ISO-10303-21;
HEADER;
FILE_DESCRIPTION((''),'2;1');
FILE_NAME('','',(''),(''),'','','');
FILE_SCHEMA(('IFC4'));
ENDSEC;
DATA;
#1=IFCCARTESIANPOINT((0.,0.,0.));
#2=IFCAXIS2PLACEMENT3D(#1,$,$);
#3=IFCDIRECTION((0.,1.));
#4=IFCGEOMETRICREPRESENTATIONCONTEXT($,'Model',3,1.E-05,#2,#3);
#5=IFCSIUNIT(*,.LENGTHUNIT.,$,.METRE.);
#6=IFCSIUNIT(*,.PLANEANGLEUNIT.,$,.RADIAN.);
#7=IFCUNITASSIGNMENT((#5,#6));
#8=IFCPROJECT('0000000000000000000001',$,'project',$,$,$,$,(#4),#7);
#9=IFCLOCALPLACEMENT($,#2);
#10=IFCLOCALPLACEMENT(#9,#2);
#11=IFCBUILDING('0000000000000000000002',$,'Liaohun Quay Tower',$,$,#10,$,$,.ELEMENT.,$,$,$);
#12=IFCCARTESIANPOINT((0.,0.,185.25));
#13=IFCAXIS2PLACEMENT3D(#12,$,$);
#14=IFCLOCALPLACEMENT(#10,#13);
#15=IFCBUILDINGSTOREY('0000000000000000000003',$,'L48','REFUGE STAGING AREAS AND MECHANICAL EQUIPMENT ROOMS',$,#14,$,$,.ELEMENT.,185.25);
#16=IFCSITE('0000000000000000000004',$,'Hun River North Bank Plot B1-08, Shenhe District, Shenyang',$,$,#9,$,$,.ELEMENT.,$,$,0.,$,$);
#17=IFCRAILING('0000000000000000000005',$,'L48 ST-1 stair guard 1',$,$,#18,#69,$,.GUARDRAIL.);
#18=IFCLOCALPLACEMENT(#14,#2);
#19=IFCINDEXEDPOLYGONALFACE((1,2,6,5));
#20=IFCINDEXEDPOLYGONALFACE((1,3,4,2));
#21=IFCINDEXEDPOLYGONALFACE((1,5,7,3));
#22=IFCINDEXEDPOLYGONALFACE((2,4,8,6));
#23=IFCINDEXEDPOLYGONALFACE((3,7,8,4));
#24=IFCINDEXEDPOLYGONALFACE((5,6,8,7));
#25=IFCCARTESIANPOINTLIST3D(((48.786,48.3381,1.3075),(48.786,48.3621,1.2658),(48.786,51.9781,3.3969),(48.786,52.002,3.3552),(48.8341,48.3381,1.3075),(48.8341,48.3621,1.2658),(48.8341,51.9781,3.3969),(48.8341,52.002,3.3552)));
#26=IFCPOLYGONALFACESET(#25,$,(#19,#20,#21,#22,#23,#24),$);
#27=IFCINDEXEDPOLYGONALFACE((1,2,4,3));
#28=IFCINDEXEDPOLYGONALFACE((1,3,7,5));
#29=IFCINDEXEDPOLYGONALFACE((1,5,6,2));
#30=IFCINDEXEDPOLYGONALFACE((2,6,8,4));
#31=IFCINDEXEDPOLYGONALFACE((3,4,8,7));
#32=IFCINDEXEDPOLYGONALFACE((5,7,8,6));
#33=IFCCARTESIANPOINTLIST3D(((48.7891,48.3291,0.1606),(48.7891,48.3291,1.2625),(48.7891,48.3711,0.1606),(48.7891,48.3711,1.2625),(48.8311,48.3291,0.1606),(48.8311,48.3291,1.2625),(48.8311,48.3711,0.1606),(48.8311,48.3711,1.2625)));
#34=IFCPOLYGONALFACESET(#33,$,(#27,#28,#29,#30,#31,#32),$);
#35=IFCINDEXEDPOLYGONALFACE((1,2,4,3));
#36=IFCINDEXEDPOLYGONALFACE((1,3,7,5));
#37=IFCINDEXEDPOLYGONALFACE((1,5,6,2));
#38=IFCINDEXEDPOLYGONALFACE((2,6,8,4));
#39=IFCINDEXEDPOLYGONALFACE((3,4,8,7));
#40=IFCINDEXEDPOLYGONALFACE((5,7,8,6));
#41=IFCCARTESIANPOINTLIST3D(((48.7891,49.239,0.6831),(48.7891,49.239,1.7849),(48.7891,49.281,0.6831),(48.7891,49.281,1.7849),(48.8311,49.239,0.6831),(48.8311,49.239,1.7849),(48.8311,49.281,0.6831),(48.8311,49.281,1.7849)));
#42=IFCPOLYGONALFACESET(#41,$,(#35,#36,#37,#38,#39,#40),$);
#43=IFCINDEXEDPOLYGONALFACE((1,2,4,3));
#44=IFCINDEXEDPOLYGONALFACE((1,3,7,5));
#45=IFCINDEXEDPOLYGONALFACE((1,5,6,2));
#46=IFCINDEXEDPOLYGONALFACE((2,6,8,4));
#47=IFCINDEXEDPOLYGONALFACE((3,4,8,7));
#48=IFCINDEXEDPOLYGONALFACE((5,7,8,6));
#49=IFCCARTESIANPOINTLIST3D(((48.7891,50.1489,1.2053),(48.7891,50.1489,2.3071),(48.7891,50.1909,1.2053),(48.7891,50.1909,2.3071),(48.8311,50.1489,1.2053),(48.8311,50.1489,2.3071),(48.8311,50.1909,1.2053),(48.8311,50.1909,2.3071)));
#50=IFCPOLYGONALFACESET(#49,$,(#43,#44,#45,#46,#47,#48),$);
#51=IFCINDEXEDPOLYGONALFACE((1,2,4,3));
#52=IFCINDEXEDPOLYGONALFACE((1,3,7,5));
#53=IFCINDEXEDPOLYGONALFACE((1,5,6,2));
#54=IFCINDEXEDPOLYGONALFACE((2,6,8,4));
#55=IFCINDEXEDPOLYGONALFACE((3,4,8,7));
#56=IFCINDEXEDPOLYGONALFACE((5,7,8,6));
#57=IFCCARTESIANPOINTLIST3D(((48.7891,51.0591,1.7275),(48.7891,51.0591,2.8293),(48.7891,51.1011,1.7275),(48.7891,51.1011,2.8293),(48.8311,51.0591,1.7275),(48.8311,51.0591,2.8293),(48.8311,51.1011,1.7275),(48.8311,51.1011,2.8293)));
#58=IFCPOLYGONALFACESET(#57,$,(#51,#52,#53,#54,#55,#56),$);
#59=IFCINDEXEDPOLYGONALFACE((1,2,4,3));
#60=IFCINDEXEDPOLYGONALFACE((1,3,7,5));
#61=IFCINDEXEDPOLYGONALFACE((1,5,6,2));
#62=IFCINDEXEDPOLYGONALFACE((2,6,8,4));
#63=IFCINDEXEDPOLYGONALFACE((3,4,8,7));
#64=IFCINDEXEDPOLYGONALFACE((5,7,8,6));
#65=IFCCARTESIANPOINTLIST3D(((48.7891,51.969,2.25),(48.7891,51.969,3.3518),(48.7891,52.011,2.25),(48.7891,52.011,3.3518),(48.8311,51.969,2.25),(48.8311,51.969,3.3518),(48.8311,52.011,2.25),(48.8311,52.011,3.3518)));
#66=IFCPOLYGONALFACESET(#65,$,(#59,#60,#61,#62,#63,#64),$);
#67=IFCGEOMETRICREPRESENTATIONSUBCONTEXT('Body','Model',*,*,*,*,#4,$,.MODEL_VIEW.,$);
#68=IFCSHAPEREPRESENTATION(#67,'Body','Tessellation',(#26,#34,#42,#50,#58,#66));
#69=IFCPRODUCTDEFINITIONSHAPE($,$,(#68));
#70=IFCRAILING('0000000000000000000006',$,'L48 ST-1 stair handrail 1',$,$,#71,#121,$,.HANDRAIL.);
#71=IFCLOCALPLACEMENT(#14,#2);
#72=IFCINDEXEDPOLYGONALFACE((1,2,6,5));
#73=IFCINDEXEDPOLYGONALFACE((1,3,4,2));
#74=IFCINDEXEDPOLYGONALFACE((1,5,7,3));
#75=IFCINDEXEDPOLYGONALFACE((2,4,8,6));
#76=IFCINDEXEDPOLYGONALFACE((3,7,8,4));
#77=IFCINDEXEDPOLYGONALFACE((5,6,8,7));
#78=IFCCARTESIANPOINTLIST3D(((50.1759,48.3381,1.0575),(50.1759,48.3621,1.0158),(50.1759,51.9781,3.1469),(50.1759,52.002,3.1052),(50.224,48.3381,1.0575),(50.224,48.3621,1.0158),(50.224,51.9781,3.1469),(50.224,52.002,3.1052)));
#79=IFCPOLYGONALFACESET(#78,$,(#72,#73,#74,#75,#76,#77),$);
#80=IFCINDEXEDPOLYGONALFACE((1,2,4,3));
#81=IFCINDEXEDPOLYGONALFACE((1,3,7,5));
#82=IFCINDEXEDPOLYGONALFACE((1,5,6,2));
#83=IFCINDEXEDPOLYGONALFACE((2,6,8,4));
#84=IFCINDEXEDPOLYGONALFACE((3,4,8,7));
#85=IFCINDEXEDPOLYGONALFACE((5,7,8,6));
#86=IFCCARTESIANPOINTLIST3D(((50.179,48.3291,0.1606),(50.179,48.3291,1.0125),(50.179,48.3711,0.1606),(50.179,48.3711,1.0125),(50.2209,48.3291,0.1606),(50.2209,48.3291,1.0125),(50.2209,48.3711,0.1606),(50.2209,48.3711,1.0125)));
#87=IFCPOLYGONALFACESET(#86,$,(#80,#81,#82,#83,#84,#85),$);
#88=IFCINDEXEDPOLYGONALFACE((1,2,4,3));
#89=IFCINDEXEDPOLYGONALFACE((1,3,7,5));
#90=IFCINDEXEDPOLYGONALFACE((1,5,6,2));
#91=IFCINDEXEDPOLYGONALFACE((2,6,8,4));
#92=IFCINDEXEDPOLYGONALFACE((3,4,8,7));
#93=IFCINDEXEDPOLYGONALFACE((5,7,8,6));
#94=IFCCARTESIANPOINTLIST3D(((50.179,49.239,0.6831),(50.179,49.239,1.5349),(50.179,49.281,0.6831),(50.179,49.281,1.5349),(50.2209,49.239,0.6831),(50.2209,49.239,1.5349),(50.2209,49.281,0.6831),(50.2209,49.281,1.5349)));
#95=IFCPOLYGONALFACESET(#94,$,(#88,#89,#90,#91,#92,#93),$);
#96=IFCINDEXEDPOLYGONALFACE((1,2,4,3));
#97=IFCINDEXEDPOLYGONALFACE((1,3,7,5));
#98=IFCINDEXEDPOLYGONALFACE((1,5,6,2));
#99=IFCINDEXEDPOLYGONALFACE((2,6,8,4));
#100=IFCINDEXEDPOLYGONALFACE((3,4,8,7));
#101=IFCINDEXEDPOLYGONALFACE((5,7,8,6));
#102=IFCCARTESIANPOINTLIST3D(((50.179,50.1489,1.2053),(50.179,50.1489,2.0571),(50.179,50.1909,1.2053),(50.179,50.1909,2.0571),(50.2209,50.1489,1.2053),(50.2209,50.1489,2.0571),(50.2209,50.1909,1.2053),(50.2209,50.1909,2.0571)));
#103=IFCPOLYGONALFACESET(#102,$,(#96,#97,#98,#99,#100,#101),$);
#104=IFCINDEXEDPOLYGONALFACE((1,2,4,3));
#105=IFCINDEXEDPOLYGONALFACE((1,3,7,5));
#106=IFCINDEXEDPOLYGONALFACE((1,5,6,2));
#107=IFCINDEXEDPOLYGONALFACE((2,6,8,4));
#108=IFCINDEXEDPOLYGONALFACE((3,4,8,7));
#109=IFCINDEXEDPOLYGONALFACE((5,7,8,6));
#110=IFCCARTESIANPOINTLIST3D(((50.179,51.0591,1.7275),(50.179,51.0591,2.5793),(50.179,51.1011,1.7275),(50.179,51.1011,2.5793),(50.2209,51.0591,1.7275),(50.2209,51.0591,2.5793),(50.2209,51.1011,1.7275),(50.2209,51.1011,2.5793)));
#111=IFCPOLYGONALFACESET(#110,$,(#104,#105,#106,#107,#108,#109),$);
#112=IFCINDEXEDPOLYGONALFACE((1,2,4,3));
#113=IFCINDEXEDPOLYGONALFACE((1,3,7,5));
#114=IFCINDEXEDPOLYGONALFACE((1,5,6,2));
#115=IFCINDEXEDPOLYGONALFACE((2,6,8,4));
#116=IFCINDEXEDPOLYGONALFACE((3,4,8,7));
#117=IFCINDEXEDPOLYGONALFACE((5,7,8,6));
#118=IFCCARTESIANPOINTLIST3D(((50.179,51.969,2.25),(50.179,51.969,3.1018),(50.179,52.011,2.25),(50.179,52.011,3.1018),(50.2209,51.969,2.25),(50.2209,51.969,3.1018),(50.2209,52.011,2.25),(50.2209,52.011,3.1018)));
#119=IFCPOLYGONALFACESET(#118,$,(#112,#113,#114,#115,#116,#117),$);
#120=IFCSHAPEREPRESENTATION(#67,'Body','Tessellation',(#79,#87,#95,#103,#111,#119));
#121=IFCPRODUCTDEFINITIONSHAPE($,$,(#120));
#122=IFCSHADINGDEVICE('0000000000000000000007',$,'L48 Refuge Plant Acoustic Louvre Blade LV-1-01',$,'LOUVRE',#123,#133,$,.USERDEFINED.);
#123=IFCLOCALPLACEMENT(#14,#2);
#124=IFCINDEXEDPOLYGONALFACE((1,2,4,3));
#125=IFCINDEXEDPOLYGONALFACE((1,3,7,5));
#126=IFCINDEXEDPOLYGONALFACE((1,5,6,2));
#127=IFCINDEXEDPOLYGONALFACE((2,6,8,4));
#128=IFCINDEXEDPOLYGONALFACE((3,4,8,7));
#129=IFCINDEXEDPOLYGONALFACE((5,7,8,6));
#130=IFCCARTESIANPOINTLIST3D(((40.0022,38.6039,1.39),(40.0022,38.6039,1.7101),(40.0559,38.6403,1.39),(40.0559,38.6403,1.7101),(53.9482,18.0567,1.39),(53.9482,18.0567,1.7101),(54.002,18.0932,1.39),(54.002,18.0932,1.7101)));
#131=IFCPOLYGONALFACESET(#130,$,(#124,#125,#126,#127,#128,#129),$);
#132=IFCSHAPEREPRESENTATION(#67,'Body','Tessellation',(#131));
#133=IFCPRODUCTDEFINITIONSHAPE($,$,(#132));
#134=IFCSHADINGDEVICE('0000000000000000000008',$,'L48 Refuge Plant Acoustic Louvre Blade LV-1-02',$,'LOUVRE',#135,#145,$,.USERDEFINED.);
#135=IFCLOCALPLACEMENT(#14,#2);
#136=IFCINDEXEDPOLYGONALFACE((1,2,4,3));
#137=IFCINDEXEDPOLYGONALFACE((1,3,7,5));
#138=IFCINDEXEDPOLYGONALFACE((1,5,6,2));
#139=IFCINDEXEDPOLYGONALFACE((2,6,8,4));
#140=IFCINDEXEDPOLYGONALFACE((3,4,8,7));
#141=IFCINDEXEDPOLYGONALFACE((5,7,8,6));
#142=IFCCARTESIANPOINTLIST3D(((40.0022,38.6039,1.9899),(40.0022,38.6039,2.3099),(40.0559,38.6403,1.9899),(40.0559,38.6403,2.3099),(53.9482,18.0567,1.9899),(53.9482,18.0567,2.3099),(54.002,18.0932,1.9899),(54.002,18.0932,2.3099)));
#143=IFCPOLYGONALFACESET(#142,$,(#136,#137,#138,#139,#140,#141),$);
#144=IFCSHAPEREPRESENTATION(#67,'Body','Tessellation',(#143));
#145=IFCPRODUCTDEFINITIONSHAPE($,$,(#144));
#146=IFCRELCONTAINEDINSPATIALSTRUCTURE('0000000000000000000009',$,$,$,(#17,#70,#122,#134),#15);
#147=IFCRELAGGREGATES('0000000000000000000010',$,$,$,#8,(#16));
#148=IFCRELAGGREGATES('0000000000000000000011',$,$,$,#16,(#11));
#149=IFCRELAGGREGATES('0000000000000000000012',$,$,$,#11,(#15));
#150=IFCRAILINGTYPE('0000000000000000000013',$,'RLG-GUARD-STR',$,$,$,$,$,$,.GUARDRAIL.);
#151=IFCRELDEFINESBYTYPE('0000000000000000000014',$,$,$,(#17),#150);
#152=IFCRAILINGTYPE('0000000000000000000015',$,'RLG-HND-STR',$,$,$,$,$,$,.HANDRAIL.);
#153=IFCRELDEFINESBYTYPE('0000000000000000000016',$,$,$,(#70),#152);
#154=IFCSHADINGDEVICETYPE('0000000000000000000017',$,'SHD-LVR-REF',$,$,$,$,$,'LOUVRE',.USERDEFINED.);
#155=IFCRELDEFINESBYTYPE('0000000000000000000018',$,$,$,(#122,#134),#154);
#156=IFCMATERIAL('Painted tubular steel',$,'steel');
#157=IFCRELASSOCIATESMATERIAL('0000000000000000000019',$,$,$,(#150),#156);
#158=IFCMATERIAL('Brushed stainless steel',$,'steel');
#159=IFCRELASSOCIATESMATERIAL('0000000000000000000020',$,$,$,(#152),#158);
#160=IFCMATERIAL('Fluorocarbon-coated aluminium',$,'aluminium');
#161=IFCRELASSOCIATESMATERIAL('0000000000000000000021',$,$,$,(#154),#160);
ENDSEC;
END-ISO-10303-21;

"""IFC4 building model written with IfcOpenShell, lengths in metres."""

from ifc_helpers import new_model, si_unit, direction, frame, origin, origin_2d, place, context, subcontext, project, spatial, rectangle, extrude, source, transform, mapped, material, material_profile, profile_set, type_object, element, save


model = new_model("IFC4")

# Units and contexts
model_context = context("Model", 3, precision=1e-05, world=origin(), true_north=direction((0.0, 1.0)))
body_context = subcontext(model_context, "Body", "Model", "MODEL_VIEW")
ifc_project = project(units=[si_unit("LENGTHUNIT", "METRE"), si_unit("PLANEANGLEUNIT", "RADIAN")], contexts=[model_context])

# Site, building, storey
site_placement = place(None, origin())
site = spatial("IfcSite", under=ifc_project, at=site_placement, Name="Hun River North Bank Plot B1-08, Shenhe District, Shenyang", CompositionType="ELEMENT", RefElevation=0.0)
building_placement = place(site_placement, origin())
building = spatial("IfcBuilding", under=site, at=building_placement, Name="Liaohun Quay Tower", CompositionType="ELEMENT")
storey_placement = place(building_placement, frame((0.0, 0.0, 185.25)))
storey = spatial("IfcBuildingStorey", under=building, at=storey_placement, Name="L48", Description="REFUGE STAGING AREAS AND MECHANICAL EQUIPMENT ROOMS", CompositionType="ELEMENT", Elevation=185.25)

# Railings
ifc_material_1 = material(Name="Painted tubular steel", Category="steel")
railing_type_1 = type_object("IfcRailingType", Name="RLG-GUARD-STR", PredefinedType="GUARDRAIL", material=ifc_material_1)
railing_1_placement = place(storey_placement, frame((48.8101, 48.3501, 0.1606)))
element("IfcRailing", 1, at=railing_1_placement, inside=storey, type_object=railing_type_1, Name="L48 ST-1 stair guard 1", PredefinedType="GUARDRAIL", context=body_context, shape_type="SweptSolid", body=[
    extrude(rectangle(XDim=0.0481, YDim=0.0481, at=origin_2d()), frame((0.0, 0.0, 1.126), z_axis=(0.0, 0.867275, 0.497829), x_axis=(-1.0, 0.0, 0.0)), (0.0, 0.0, 1.0), 4.197),
    extrude(rectangle(XDim=0.042, YDim=0.042, at=origin_2d()), origin(), (0.0, 0.0, 1.0), 1.1018),
    extrude(rectangle(XDim=0.042, YDim=0.042, at=origin_2d()), frame((0.0, 0.9099, 0.5225)), (0.0, 0.0, 1.0), 1.1018),
    extrude(rectangle(XDim=0.042, YDim=0.042, at=origin_2d()), frame((0.0, 1.8198, 1.0447)), (0.0, 0.0, 1.0), 1.1018),
    extrude(rectangle(XDim=0.042, YDim=0.042, at=origin_2d()), frame((0.0, 2.73, 1.5669)), (0.0, 0.0, 1.0), 1.1018),
    extrude(rectangle(XDim=0.042, YDim=0.042, at=origin_2d()), frame((0.0, 3.6399, 2.0894)), (0.0, 0.0, 1.0), 1.1018),
])
ifc_material_2 = material(Name="Brushed stainless steel", Category="steel")
railing_type_2 = type_object("IfcRailingType", Name="RLG-HND-STR", PredefinedType="HANDRAIL", material=ifc_material_2)
railing_2_placement = place(storey_placement, frame((50.2, 48.3501, 0.1606)))
element("IfcRailing", 2, at=railing_2_placement, inside=storey, type_object=railing_type_2, Name="L48 ST-1 stair handrail 1", PredefinedType="HANDRAIL", context=body_context, shape_type="SweptSolid", body=[
    extrude(rectangle(XDim=0.0481, YDim=0.0481, at=origin_2d()), frame((0.0, 0.0, 0.876), z_axis=(0.0, 0.867275, 0.497829), x_axis=(-1.0, 0.0, 0.0)), (0.0, 0.0, 1.0), 4.197),
    extrude(rectangle(XDim=0.042, YDim=0.042, at=origin_2d()), origin(), (0.0, 0.0, 1.0), 0.8518),
    extrude(rectangle(XDim=0.042, YDim=0.042, at=origin_2d()), frame((0.0, 0.9099, 0.5225)), (0.0, 0.0, 1.0), 0.8518),
    extrude(rectangle(XDim=0.042, YDim=0.042, at=origin_2d()), frame((0.0, 1.8198, 1.0447)), (0.0, 0.0, 1.0), 0.8518),
    extrude(rectangle(XDim=0.042, YDim=0.042, at=origin_2d()), frame((0.0, 2.73, 1.5669)), (0.0, 0.0, 1.0), 0.8518),
    extrude(rectangle(XDim=0.042, YDim=0.042, at=origin_2d()), frame((0.0, 3.6399, 2.0894)), (0.0, 0.0, 1.0), 0.8518),
])

# Shading devices
ifc_material_3 = material(Name="Fluorocarbon-coated aluminium", Category="aluminium")
ifc_material_profile_1 = material_profile(ifc_material_3, rectangle(XDim=0.0649, YDim=0.3201, at=origin_2d()), Name="ALU-LVR-320x65")
ifc_profile_set_1 = profile_set([ifc_material_profile_1], Name="Fluorocarbon-coated aluminium")
shading_device_type = type_object("IfcShadingDeviceType", Name="SHD-LVR-REF", ElementType="LOUVRE", PredefinedType="USERDEFINED", material=ifc_profile_set_1)
shared_shape_1 = source(origin(), body_context, "Body", "SweptSolid", [
    extrude(rectangle(XDim=0.0649, YDim=0.3201, at=origin_2d()), origin(), (0.0, 0.0, 1.0), 24.833),
])
for number, where, z_axis, x_axis, name in (
    (3, (53.9751, 18.075, 1.55), (-0.561594, 0.827413, 0.0), (-0.827413, -0.561594, 0.0), "L48 Refuge Plant Acoustic Louvre Blade LV-1-01"),
    (4, (53.9751, 18.075, 2.1499), (-0.561594, 0.827413, 0.0), (-0.827413, -0.561594, 0.0), "L48 Refuge Plant Acoustic Louvre Blade LV-1-02"),
):
    element("IfcShadingDevice", number, at=place(storey_placement, frame(where, z_axis=z_axis, x_axis=x_axis)), inside=storey, type_object=shading_device_type, Name=name, ObjectType="LOUVRE", PredefinedType="USERDEFINED", context=body_context, shape_type="MappedRepresentation", body=[
        mapped(shared_shape_1, transform((0.0, 0.0, 0.0), x_axis=(1.0, 0.0, 0.0), y_axis=(0.0, 1.0, 0.0), z_axis=(0.0, 0.0, 1.0), scale=1.0)),
    ])

save(model, "model.ifc")
